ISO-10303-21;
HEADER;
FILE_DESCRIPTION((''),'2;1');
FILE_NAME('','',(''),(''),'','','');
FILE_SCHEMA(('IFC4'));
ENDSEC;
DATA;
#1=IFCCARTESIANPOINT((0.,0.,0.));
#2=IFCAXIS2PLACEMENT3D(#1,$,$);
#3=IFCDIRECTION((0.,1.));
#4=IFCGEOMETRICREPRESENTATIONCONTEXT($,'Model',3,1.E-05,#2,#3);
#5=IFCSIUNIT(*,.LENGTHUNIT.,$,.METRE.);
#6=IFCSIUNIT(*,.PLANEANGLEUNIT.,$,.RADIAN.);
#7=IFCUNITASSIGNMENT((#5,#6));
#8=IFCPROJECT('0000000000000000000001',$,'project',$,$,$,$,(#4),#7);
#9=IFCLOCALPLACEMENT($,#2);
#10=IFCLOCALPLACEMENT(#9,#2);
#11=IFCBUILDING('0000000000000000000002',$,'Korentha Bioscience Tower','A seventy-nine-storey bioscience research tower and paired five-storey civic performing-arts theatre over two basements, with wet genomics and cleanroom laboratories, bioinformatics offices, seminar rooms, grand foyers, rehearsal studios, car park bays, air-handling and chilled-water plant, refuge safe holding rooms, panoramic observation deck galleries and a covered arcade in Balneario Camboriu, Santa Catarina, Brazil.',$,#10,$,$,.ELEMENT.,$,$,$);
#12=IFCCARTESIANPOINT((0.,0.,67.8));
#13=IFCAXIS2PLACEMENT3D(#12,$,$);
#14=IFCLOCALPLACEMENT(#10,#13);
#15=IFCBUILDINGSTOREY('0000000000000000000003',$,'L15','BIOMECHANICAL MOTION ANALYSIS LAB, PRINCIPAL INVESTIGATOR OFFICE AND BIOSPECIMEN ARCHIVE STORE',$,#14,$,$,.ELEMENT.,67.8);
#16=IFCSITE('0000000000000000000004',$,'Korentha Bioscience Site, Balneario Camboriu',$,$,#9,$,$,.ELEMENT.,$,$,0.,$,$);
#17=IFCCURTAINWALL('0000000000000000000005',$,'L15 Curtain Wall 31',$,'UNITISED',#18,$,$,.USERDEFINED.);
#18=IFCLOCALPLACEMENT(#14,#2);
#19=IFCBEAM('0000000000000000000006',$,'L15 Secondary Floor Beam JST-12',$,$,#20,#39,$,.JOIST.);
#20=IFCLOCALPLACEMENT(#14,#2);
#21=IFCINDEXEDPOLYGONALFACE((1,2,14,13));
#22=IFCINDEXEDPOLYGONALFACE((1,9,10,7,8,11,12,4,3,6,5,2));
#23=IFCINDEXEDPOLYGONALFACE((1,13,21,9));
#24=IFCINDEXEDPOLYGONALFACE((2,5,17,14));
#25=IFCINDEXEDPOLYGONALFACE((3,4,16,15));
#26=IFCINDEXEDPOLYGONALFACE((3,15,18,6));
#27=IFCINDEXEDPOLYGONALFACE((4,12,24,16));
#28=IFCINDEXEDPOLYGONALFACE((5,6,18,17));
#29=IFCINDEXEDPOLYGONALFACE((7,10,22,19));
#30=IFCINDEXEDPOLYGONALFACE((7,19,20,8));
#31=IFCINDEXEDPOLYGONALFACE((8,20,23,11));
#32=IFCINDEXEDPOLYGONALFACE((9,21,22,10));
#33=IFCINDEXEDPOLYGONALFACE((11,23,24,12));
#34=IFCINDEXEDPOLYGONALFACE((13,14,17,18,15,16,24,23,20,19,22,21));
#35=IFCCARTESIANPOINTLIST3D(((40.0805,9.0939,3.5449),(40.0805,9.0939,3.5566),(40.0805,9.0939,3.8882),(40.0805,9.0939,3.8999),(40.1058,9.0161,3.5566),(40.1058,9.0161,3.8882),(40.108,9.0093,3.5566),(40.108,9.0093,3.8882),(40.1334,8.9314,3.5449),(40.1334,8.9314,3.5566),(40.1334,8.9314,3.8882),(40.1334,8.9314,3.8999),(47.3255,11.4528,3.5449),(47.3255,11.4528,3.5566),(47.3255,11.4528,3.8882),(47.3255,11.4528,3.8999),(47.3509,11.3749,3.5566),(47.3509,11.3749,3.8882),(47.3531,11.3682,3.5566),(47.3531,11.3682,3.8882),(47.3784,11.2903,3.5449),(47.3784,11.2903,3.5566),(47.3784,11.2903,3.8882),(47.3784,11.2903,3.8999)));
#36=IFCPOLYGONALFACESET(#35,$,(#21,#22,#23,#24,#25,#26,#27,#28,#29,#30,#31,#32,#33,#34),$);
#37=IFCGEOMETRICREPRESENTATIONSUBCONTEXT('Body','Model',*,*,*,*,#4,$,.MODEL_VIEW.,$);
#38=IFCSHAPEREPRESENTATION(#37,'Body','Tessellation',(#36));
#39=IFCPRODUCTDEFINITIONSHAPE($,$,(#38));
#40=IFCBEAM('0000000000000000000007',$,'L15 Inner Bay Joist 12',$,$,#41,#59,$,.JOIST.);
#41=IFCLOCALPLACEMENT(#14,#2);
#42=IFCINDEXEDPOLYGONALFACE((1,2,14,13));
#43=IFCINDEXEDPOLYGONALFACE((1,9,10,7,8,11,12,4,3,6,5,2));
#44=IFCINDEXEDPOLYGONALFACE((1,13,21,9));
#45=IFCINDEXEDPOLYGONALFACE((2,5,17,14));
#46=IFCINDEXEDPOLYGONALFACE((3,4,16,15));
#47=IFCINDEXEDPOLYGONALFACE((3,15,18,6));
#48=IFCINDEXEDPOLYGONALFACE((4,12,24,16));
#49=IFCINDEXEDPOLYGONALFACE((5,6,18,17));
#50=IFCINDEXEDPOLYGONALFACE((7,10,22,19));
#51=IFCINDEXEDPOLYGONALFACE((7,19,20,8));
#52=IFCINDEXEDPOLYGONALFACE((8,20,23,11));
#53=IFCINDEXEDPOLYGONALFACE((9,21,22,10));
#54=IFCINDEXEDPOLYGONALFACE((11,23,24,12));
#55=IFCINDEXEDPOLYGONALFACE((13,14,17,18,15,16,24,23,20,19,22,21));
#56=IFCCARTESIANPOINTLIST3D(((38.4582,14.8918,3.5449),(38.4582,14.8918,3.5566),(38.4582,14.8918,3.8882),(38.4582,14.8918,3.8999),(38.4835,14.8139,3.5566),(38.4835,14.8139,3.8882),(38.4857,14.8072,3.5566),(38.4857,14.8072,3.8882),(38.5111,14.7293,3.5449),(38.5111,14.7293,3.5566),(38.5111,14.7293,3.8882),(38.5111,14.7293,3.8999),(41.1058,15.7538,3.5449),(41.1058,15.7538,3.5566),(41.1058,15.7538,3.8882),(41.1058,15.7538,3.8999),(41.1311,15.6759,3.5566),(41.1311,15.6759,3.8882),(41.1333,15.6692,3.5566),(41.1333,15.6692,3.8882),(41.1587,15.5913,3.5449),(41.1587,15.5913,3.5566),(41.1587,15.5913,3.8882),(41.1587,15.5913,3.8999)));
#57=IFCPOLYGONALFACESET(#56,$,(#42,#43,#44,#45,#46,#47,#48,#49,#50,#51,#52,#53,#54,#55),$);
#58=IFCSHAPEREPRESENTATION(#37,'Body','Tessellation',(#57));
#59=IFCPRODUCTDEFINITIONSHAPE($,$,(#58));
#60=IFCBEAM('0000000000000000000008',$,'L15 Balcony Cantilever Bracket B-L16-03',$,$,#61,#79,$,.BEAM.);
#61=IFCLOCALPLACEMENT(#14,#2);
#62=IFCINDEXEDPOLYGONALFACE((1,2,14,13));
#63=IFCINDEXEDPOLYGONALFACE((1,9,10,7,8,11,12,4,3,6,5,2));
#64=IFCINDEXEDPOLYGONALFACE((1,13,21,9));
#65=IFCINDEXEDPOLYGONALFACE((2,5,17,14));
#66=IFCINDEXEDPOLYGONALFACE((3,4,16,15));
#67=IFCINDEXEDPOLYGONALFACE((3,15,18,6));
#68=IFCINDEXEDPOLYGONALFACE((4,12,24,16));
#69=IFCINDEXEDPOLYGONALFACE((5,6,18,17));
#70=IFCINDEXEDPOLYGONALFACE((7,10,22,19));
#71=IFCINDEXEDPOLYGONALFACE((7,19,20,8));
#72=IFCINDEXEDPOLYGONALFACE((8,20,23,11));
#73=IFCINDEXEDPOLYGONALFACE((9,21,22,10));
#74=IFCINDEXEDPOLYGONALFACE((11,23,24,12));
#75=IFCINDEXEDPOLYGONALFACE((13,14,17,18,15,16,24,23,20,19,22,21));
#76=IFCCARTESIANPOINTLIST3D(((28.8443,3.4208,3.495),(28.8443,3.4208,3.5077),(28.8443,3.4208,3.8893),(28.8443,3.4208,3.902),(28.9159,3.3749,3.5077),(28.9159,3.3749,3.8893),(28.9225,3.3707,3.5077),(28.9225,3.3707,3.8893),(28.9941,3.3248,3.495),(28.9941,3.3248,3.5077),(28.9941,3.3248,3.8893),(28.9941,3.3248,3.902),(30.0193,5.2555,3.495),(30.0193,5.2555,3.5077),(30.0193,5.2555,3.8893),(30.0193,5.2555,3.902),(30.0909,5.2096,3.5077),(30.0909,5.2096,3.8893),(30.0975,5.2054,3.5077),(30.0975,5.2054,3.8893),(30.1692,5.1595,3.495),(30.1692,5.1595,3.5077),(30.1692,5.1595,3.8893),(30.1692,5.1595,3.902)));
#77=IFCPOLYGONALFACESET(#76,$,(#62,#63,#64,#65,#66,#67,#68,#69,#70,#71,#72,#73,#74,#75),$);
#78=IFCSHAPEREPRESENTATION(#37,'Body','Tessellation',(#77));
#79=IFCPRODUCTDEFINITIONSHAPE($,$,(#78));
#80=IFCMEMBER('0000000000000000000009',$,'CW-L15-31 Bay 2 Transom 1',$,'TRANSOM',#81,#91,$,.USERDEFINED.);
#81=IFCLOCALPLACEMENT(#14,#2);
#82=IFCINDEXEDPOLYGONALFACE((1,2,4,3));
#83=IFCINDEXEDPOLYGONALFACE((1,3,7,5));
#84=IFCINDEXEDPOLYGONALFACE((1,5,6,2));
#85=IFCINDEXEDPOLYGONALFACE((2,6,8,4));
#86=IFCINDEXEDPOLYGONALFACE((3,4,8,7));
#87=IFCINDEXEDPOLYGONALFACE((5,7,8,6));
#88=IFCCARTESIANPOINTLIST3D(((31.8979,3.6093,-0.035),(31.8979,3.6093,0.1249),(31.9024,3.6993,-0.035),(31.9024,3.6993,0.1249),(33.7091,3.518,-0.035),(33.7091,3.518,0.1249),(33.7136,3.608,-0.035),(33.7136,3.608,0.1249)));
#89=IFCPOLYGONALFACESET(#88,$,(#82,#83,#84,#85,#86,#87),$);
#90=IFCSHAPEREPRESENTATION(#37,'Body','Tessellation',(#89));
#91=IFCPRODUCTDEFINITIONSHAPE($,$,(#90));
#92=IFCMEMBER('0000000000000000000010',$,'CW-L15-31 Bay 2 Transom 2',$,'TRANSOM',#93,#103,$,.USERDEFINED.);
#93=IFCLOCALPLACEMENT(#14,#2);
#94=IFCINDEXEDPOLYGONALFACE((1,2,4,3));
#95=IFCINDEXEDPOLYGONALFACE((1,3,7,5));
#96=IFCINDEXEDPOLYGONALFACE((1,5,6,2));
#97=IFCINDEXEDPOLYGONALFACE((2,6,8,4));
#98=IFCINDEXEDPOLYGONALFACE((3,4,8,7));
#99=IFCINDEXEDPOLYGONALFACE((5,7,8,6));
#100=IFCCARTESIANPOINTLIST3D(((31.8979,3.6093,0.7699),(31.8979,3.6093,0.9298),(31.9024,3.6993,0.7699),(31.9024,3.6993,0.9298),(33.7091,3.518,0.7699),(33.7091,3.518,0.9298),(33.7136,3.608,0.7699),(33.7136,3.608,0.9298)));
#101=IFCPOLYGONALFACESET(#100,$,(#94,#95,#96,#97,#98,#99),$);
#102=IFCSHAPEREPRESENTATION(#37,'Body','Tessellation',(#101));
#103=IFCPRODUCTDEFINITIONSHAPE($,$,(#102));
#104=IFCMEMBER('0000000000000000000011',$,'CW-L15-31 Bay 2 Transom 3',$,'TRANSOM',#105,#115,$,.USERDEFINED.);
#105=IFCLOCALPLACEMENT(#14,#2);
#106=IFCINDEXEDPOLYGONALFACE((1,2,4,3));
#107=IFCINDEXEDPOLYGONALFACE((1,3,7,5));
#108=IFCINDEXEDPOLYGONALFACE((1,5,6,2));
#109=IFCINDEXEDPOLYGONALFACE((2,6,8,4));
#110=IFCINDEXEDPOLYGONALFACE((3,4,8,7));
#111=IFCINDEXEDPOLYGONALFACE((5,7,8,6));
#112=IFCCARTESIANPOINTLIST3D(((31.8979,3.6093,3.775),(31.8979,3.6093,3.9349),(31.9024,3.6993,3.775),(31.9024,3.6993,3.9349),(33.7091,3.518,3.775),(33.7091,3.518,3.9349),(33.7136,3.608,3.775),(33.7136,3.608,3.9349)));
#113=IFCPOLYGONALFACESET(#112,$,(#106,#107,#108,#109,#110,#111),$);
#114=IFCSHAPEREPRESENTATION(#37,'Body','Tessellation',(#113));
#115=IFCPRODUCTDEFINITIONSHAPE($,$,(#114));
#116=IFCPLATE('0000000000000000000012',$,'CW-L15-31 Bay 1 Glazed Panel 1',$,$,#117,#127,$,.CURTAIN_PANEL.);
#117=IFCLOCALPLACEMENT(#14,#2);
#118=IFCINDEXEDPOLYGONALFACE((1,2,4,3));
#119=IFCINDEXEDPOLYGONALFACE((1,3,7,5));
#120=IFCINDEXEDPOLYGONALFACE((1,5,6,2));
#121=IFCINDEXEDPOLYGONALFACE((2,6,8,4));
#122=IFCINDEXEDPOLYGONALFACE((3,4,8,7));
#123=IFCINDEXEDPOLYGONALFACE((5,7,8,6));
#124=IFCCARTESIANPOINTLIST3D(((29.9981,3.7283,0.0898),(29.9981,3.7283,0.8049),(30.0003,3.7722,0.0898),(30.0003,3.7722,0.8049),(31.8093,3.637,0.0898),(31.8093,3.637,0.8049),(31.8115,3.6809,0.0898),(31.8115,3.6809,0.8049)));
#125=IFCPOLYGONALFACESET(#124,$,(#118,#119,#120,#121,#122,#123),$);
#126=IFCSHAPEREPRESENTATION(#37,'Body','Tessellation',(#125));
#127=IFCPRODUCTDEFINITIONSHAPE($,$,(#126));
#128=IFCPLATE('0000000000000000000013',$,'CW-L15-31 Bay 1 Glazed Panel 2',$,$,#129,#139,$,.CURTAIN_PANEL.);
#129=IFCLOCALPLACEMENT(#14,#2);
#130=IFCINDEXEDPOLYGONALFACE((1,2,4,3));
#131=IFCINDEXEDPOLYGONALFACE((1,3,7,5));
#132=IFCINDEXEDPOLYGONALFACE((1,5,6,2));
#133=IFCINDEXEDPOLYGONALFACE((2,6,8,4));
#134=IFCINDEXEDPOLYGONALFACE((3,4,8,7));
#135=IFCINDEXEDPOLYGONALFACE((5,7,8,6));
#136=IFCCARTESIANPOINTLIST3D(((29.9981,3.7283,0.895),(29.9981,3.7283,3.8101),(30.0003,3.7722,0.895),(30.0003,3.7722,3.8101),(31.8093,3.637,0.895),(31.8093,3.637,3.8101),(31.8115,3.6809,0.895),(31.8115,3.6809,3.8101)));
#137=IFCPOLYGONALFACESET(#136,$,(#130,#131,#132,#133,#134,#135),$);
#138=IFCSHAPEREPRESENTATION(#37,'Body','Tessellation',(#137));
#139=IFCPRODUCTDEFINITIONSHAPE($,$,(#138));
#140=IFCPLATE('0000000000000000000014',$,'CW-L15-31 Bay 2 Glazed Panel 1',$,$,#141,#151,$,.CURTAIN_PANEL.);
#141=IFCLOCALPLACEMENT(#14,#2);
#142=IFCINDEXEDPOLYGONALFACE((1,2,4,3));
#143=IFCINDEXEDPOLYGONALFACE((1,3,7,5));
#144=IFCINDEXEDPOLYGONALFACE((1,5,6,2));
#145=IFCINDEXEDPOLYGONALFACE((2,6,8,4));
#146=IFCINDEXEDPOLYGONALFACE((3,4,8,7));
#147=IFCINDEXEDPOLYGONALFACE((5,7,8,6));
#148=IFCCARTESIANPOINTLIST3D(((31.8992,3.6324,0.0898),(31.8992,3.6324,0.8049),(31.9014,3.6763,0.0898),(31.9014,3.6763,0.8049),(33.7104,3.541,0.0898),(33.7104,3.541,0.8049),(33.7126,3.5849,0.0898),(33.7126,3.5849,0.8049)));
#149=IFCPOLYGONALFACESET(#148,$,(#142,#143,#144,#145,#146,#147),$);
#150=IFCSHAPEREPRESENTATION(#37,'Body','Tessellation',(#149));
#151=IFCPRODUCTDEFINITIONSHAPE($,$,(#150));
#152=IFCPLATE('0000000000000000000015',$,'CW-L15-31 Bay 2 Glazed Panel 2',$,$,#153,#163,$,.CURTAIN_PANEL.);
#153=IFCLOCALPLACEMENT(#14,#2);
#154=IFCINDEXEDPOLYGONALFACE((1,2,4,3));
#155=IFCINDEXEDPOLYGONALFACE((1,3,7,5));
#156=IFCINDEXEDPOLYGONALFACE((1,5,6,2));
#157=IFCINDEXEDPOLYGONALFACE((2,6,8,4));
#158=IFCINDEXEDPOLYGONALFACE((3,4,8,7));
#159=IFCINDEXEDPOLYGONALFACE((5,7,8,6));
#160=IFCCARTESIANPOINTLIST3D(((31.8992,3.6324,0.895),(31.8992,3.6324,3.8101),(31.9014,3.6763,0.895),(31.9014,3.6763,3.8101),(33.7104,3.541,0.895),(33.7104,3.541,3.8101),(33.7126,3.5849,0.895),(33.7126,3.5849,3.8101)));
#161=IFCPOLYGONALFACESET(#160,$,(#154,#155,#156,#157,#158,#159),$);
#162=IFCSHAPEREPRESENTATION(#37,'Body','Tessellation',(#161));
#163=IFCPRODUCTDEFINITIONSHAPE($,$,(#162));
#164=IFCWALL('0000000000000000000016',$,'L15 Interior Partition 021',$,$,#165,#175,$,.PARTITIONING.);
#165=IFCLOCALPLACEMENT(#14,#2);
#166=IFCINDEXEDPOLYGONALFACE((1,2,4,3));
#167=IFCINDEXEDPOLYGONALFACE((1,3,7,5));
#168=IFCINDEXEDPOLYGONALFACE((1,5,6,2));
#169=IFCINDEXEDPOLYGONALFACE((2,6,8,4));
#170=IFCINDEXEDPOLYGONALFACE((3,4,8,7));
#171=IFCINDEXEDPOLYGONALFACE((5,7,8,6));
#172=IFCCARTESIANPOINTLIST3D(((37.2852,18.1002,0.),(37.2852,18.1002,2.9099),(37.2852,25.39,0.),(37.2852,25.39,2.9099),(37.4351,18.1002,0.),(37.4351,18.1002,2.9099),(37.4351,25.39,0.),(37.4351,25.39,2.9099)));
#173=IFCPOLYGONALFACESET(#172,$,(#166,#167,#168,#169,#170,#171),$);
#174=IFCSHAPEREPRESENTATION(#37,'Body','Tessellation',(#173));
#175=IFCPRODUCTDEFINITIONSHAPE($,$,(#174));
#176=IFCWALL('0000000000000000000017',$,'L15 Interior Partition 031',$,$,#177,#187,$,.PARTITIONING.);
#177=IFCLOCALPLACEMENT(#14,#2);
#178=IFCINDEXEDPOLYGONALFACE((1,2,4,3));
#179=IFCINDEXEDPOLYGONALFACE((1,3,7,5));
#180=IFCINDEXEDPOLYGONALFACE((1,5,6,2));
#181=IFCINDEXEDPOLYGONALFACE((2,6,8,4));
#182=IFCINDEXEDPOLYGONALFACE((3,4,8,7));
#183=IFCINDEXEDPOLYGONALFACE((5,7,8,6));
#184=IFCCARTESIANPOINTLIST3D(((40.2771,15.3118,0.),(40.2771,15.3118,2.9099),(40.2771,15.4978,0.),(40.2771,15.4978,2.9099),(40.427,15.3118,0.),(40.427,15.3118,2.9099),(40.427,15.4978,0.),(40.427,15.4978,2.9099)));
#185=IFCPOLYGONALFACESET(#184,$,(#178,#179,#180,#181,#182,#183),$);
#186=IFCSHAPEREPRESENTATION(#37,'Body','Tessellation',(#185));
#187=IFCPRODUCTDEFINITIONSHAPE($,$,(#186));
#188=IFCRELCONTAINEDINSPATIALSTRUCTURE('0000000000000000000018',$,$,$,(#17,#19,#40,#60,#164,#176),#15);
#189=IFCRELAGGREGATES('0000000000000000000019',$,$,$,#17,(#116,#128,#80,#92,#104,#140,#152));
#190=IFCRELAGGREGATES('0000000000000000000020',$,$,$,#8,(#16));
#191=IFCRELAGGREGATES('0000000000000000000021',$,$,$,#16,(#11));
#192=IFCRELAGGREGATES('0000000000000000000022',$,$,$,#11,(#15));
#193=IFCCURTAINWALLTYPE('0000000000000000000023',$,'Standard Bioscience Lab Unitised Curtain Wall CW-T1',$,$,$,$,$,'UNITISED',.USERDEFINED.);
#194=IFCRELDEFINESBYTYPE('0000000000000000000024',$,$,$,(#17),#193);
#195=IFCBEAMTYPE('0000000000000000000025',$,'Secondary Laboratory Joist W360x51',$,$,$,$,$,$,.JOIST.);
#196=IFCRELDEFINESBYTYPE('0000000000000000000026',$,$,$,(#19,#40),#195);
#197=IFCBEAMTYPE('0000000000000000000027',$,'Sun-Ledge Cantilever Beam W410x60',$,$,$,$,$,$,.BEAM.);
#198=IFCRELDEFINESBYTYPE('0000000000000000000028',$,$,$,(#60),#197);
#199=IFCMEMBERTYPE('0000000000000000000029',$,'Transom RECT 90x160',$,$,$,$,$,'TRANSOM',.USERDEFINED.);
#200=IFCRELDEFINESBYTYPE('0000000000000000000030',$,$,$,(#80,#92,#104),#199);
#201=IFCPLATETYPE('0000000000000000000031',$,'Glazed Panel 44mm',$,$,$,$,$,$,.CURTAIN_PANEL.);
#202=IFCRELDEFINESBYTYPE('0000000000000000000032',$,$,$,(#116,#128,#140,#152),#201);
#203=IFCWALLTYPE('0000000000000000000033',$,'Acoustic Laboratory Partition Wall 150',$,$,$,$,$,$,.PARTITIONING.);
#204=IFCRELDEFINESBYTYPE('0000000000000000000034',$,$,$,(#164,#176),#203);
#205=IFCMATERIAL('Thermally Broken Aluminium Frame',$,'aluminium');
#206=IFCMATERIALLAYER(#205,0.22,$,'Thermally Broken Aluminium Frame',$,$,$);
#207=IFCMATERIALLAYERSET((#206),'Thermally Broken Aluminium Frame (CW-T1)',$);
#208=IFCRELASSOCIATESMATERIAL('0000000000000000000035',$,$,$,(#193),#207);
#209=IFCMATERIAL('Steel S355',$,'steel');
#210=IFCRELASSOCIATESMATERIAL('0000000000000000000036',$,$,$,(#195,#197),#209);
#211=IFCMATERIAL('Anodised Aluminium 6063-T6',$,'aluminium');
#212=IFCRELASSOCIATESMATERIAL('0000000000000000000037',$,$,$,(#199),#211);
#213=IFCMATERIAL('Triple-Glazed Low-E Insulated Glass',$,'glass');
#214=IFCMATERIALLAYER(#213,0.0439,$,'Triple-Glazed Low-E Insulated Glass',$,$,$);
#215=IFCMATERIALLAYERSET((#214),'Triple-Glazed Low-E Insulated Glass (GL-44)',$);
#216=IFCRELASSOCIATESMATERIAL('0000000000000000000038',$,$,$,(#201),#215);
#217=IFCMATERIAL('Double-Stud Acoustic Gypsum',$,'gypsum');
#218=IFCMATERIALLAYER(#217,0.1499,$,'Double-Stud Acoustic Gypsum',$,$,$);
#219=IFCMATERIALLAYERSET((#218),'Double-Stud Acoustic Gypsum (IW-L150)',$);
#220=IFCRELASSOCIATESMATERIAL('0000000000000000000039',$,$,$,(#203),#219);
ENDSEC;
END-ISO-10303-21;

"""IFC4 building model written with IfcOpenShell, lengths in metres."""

from ifc_helpers import new_model, si_unit, direction, frame, frame_2d, origin, origin_2d, place, context, subcontext, project, spatial, rectangle, i_section, extrude, material, layer, layer_set, material_profile, profile_set, type_object, element, aggregate, save


model = new_model("IFC4")

# Units and contexts
model_context = context("Model", 3, precision=1e-05, world=origin(), true_north=direction((0.0, 1.0)))
body_context = subcontext(model_context, "Body", "Model", "MODEL_VIEW")
ifc_project = project(units=[si_unit("LENGTHUNIT", "METRE"), si_unit("PLANEANGLEUNIT", "RADIAN")], contexts=[model_context])

# Site, building, storey
site_placement = place(None, origin())
site = spatial("IfcSite", under=ifc_project, at=site_placement, Name="Korentha Bioscience Site, Balneario Camboriu", CompositionType="ELEMENT", RefElevation=0.0)
building_placement = place(site_placement, origin())
building = spatial("IfcBuilding", under=site, at=building_placement, Name="Korentha Bioscience Tower", Description="A seventy-nine-storey bioscience research tower and paired five-storey civic performing-arts theatre over two basements, with wet genomics and cleanroom laboratories, bioinformatics offices, seminar rooms, grand foyers, rehearsal studios, car park bays, air-handling and chilled-water plant, refuge safe holding rooms, panoramic observation deck galleries and a covered arcade in Balneario Camboriu, Santa Catarina, Brazil.", CompositionType="ELEMENT")
storey_placement = place(building_placement, frame((0.0, 0.0, 67.8)))
storey = spatial("IfcBuildingStorey", under=building, at=storey_placement, Name="L15", Description="BIOMECHANICAL MOTION ANALYSIS LAB, PRINCIPAL INVESTIGATOR OFFICE AND BIOSPECIMEN ARCHIVE STORE", CompositionType="ELEMENT", Elevation=67.8)

# Shared definitions
ifc_material_1 = material(Name="Steel S355", Category="steel")

# Curtain wall
ifc_material_2 = material(Name="Thermally Broken Aluminium Frame", Category="aluminium")
ifc_layer_1 = layer(ifc_material_2, 0.22, Name="Thermally Broken Aluminium Frame")
ifc_layer_set_1 = layer_set([ifc_layer_1], Name="Thermally Broken Aluminium Frame (CW-T1)")
curtain_wall_type = type_object("IfcCurtainWallType", Name="Standard Bioscience Lab Unitised Curtain Wall CW-T1", ElementType="UNITISED", PredefinedType="USERDEFINED", material=ifc_layer_set_1)
curtain_wall_placement = place(storey_placement, origin())
curtain_wall = element("IfcCurtainWall", 1, at=curtain_wall_placement, inside=storey, type_object=curtain_wall_type, Name="L15 Curtain Wall 31", ObjectType="UNITISED", PredefinedType="USERDEFINED")
ifc_material_3 = material(Name="Anodised Aluminium 6063-T6", Category="aluminium")

# Beams
ifc_material_profile_1 = material_profile(ifc_material_1, i_section(OverallWidth=0.1709, OverallDepth=0.355, WebThickness=0.0071, FlangeThickness=0.0117, at=origin_2d()), Name="Steel S355")
ifc_profile_set_1 = profile_set([ifc_material_profile_1], Name="Steel S355 (JB-360)")
beam_type_1 = type_object("IfcBeamType", Name="Secondary Laboratory Joist W360x51", PredefinedType="JOIST", material=ifc_profile_set_1)
beam_1_placement = place(storey_placement, frame((40.1069, 9.0127, 3.7224), z_axis=(0.950871, 0.309587, 0.0), x_axis=(-0.309587, 0.950871, 0.0)))
element("IfcBeam", 2, at=beam_1_placement, inside=storey, type_object=beam_type_1, Name="L15 Secondary Floor Beam JST-12", PredefinedType="JOIST", context=body_context, shape_type="SweptSolid", body=[
    extrude(i_section(OverallWidth=0.1709, OverallDepth=0.355, WebThickness=0.0071, FlangeThickness=0.0117, at=origin_2d()), origin(), (0.0, 0.0, 1.0), 7.6194),
])
beam_2_placement = place(storey_placement, frame((38.4846, 14.8105, 3.7224), z_axis=(0.95087, 0.309592, 0.0), x_axis=(-0.309592, 0.95087, 0.0)))
element("IfcBeam", 3, at=beam_2_placement, inside=storey, type_object=beam_type_1, Name="L15 Inner Bay Joist 12", PredefinedType="JOIST", context=body_context, shape_type="SweptSolid", body=[
    extrude(i_section(OverallWidth=0.1709, OverallDepth=0.355, WebThickness=0.0071, FlangeThickness=0.0117, at=origin_2d()), origin(), (0.0, 0.0, 1.0), 2.7844),
])
ifc_material_profile_2 = material_profile(ifc_material_1, i_section(OverallWidth=0.178, OverallDepth=0.407, WebThickness=0.0078, FlangeThickness=0.0127, at=origin_2d()), Name="Steel S355")
ifc_profile_set_2 = profile_set([ifc_material_profile_2], Name="Steel S355 (CB-410)")
beam_type_2 = type_object("IfcBeamType", Name="Sun-Ledge Cantilever Beam W410x60", PredefinedType="BEAM", material=ifc_profile_set_2)
beam_3_placement = place(storey_placement, frame((30.0942, 5.2075, 3.6985), z_axis=(-0.539324, -0.842098, 0.0), x_axis=(0.842098, -0.539324, 0.0)))
element("IfcBeam", 4, at=beam_3_placement, inside=storey, type_object=beam_type_2, Name="L15 Balcony Cantilever Bracket B-L16-03", PredefinedType="BEAM", context=body_context, shape_type="SweptSolid", body=[
    extrude(i_section(OverallWidth=0.178, OverallDepth=0.407, WebThickness=0.0078, FlangeThickness=0.0127, at=origin_2d()), origin(), (0.0, 0.0, 1.0), 2.1787),
])

# Members
ifc_material_profile_3 = material_profile(ifc_material_3, rectangle(XDim=0.0901, YDim=0.1599, at=origin_2d()), Name="Anodised Aluminium 6063-T6")
ifc_profile_set_3 = profile_set([ifc_material_profile_3], Name="Anodised Aluminium 6063-T6 (CW-TRN)")
member_type_1 = type_object("IfcMemberType", Name="Transom RECT 90x160", ElementType="TRANSOM", PredefinedType="USERDEFINED", material=ifc_profile_set_3)
member_1_placement = place(storey_placement, frame((31.9001, 3.6543, 0.0449), z_axis=(0.998732, -0.050347, 0.0), x_axis=(0.050347, 0.998732, 0.0)))
member_1 = element("IfcMember", 5, at=member_1_placement, type_object=member_type_1, Name="CW-L15-31 Bay 2 Transom 1", ObjectType="TRANSOM", PredefinedType="USERDEFINED", context=body_context, shape_type="SweptSolid", body=[
    extrude(rectangle(XDim=0.0901, YDim=0.1599, at=origin_2d()), origin(), (0.0, 0.0, 1.0), 1.8135),
])
member_2_placement = place(storey_placement, frame((31.9001, 3.6543, 0.8499), z_axis=(0.998732, -0.050347, 0.0), x_axis=(0.050347, 0.998732, 0.0)))
member_2 = element("IfcMember", 6, at=member_2_placement, type_object=member_type_1, Name="CW-L15-31 Bay 2 Transom 2", ObjectType="TRANSOM", PredefinedType="USERDEFINED", context=body_context, shape_type="SweptSolid", body=[
    extrude(rectangle(XDim=0.0901, YDim=0.1599, at=origin_2d()), origin(), (0.0, 0.0, 1.0), 1.8135),
])
member_3_placement = place(storey_placement, frame((31.9001, 3.6543, 3.855), z_axis=(0.998732, -0.050347, 0.0), x_axis=(0.050347, 0.998732, 0.0)))
member_3 = element("IfcMember", 7, at=member_3_placement, type_object=member_type_1, Name="CW-L15-31 Bay 2 Transom 3", ObjectType="TRANSOM", PredefinedType="USERDEFINED", context=body_context, shape_type="SweptSolid", body=[
    extrude(rectangle(XDim=0.0901, YDim=0.1599, at=origin_2d()), origin(), (0.0, 0.0, 1.0), 1.8135),
])

# Plates
ifc_material_4 = material(Name="Triple-Glazed Low-E Insulated Glass", Category="glass")
ifc_layer_2 = layer(ifc_material_4, 0.0439, Name="Triple-Glazed Low-E Insulated Glass")
ifc_layer_set_2 = layer_set([ifc_layer_2], Name="Triple-Glazed Low-E Insulated Glass (GL-44)")
plate_type = type_object("IfcPlateType", Name="Glazed Panel 44mm", PredefinedType="CURTAIN_PANEL", material=ifc_layer_set_2)
plate_1_placement = place(storey_placement, frame((30.9048, 3.7046, 0.0898), z_axis=(0.0, 0.0, 1.0), x_axis=(0.998731, -0.050371, 0.0)))
plate_1 = element("IfcPlate", 8, at=plate_1_placement, type_object=plate_type, Name="CW-L15-31 Bay 1 Glazed Panel 1", PredefinedType="CURTAIN_PANEL", context=body_context, shape_type="SweptSolid", body=[
    extrude(rectangle(XDim=1.8135, YDim=0.0439, at=origin_2d()), origin(), (0.0, 0.0, 1.0), 0.7151),
])
plate_2_placement = place(storey_placement, frame((30.9048, 3.7046, 0.895), z_axis=(0.0, 0.0, 1.0), x_axis=(0.998731, -0.050371, 0.0)))
plate_2 = element("IfcPlate", 9, at=plate_2_placement, type_object=plate_type, Name="CW-L15-31 Bay 1 Glazed Panel 2", PredefinedType="CURTAIN_PANEL", context=body_context, shape_type="SweptSolid", body=[
    extrude(rectangle(XDim=1.8135, YDim=0.0439, at=origin_2d()), origin(), (0.0, 0.0, 1.0), 2.915),
])
plate_3_placement = place(storey_placement, frame((32.8059, 3.6086, 0.0898), z_axis=(0.0, 0.0, 1.0), x_axis=(0.998731, -0.050371, 0.0)))
plate_3 = element("IfcPlate", 10, at=plate_3_placement, type_object=plate_type, Name="CW-L15-31 Bay 2 Glazed Panel 1", PredefinedType="CURTAIN_PANEL", context=body_context, shape_type="SweptSolid", body=[
    extrude(rectangle(XDim=1.8135, YDim=0.0439, at=origin_2d()), origin(), (0.0, 0.0, 1.0), 0.7151),
])
plate_4_placement = place(storey_placement, frame((32.8059, 3.6086, 0.895), z_axis=(0.0, 0.0, 1.0), x_axis=(0.998731, -0.050371, 0.0)))
plate_4 = element("IfcPlate", 11, at=plate_4_placement, type_object=plate_type, Name="CW-L15-31 Bay 2 Glazed Panel 2", PredefinedType="CURTAIN_PANEL", context=body_context, shape_type="SweptSolid", body=[
    extrude(rectangle(XDim=1.8135, YDim=0.0439, at=origin_2d()), origin(), (0.0, 0.0, 1.0), 2.915),
])
aggregate(curtain_wall, [plate_1, plate_2, member_1, member_2, member_3, plate_3, plate_4])

# Walls
ifc_material_5 = material(Name="Double-Stud Acoustic Gypsum", Category="gypsum")
ifc_layer_3 = layer(ifc_material_5, 0.1499, Name="Double-Stud Acoustic Gypsum")
ifc_layer_set_3 = layer_set([ifc_layer_3], Name="Double-Stud Acoustic Gypsum (IW-L150)")
wall_type_1 = type_object("IfcWallType", Name="Acoustic Laboratory Partition Wall 150", PredefinedType="PARTITIONING", material=ifc_layer_set_3)
wall_1_placement = place(storey_placement, frame((37.3601, 18.1001, 0.0), z_axis=(0.0, 0.0, 1.0), x_axis=(0.0, 1.0, 0.0)))
element("IfcWall", 12, at=wall_1_placement, inside=storey, type_object=wall_type_1, Name="L15 Interior Partition 021", PredefinedType="PARTITIONING", context=body_context, shape_type="SweptSolid", body=[
    extrude(rectangle(XDim=7.2898, YDim=0.1499, at=frame_2d((3.645, 0.0))), origin(), (0.0, 0.0, 1.0), 2.9099),
])
wall_2_placement = place(storey_placement, frame((40.3521, 15.3118, 0.0), z_axis=(0.0, 0.0, 1.0), x_axis=(0.0, 1.0, 0.0)))
element("IfcWall", 13, at=wall_2_placement, inside=storey, type_object=wall_type_1, Name="L15 Interior Partition 031", PredefinedType="PARTITIONING", context=body_context, shape_type="SweptSolid", body=[
    extrude(rectangle(XDim=0.186, YDim=0.1499, at=frame_2d((0.093, 0.0))), origin(), (0.0, 0.0, 1.0), 2.9099),
])

save(model, "model.ifc")
